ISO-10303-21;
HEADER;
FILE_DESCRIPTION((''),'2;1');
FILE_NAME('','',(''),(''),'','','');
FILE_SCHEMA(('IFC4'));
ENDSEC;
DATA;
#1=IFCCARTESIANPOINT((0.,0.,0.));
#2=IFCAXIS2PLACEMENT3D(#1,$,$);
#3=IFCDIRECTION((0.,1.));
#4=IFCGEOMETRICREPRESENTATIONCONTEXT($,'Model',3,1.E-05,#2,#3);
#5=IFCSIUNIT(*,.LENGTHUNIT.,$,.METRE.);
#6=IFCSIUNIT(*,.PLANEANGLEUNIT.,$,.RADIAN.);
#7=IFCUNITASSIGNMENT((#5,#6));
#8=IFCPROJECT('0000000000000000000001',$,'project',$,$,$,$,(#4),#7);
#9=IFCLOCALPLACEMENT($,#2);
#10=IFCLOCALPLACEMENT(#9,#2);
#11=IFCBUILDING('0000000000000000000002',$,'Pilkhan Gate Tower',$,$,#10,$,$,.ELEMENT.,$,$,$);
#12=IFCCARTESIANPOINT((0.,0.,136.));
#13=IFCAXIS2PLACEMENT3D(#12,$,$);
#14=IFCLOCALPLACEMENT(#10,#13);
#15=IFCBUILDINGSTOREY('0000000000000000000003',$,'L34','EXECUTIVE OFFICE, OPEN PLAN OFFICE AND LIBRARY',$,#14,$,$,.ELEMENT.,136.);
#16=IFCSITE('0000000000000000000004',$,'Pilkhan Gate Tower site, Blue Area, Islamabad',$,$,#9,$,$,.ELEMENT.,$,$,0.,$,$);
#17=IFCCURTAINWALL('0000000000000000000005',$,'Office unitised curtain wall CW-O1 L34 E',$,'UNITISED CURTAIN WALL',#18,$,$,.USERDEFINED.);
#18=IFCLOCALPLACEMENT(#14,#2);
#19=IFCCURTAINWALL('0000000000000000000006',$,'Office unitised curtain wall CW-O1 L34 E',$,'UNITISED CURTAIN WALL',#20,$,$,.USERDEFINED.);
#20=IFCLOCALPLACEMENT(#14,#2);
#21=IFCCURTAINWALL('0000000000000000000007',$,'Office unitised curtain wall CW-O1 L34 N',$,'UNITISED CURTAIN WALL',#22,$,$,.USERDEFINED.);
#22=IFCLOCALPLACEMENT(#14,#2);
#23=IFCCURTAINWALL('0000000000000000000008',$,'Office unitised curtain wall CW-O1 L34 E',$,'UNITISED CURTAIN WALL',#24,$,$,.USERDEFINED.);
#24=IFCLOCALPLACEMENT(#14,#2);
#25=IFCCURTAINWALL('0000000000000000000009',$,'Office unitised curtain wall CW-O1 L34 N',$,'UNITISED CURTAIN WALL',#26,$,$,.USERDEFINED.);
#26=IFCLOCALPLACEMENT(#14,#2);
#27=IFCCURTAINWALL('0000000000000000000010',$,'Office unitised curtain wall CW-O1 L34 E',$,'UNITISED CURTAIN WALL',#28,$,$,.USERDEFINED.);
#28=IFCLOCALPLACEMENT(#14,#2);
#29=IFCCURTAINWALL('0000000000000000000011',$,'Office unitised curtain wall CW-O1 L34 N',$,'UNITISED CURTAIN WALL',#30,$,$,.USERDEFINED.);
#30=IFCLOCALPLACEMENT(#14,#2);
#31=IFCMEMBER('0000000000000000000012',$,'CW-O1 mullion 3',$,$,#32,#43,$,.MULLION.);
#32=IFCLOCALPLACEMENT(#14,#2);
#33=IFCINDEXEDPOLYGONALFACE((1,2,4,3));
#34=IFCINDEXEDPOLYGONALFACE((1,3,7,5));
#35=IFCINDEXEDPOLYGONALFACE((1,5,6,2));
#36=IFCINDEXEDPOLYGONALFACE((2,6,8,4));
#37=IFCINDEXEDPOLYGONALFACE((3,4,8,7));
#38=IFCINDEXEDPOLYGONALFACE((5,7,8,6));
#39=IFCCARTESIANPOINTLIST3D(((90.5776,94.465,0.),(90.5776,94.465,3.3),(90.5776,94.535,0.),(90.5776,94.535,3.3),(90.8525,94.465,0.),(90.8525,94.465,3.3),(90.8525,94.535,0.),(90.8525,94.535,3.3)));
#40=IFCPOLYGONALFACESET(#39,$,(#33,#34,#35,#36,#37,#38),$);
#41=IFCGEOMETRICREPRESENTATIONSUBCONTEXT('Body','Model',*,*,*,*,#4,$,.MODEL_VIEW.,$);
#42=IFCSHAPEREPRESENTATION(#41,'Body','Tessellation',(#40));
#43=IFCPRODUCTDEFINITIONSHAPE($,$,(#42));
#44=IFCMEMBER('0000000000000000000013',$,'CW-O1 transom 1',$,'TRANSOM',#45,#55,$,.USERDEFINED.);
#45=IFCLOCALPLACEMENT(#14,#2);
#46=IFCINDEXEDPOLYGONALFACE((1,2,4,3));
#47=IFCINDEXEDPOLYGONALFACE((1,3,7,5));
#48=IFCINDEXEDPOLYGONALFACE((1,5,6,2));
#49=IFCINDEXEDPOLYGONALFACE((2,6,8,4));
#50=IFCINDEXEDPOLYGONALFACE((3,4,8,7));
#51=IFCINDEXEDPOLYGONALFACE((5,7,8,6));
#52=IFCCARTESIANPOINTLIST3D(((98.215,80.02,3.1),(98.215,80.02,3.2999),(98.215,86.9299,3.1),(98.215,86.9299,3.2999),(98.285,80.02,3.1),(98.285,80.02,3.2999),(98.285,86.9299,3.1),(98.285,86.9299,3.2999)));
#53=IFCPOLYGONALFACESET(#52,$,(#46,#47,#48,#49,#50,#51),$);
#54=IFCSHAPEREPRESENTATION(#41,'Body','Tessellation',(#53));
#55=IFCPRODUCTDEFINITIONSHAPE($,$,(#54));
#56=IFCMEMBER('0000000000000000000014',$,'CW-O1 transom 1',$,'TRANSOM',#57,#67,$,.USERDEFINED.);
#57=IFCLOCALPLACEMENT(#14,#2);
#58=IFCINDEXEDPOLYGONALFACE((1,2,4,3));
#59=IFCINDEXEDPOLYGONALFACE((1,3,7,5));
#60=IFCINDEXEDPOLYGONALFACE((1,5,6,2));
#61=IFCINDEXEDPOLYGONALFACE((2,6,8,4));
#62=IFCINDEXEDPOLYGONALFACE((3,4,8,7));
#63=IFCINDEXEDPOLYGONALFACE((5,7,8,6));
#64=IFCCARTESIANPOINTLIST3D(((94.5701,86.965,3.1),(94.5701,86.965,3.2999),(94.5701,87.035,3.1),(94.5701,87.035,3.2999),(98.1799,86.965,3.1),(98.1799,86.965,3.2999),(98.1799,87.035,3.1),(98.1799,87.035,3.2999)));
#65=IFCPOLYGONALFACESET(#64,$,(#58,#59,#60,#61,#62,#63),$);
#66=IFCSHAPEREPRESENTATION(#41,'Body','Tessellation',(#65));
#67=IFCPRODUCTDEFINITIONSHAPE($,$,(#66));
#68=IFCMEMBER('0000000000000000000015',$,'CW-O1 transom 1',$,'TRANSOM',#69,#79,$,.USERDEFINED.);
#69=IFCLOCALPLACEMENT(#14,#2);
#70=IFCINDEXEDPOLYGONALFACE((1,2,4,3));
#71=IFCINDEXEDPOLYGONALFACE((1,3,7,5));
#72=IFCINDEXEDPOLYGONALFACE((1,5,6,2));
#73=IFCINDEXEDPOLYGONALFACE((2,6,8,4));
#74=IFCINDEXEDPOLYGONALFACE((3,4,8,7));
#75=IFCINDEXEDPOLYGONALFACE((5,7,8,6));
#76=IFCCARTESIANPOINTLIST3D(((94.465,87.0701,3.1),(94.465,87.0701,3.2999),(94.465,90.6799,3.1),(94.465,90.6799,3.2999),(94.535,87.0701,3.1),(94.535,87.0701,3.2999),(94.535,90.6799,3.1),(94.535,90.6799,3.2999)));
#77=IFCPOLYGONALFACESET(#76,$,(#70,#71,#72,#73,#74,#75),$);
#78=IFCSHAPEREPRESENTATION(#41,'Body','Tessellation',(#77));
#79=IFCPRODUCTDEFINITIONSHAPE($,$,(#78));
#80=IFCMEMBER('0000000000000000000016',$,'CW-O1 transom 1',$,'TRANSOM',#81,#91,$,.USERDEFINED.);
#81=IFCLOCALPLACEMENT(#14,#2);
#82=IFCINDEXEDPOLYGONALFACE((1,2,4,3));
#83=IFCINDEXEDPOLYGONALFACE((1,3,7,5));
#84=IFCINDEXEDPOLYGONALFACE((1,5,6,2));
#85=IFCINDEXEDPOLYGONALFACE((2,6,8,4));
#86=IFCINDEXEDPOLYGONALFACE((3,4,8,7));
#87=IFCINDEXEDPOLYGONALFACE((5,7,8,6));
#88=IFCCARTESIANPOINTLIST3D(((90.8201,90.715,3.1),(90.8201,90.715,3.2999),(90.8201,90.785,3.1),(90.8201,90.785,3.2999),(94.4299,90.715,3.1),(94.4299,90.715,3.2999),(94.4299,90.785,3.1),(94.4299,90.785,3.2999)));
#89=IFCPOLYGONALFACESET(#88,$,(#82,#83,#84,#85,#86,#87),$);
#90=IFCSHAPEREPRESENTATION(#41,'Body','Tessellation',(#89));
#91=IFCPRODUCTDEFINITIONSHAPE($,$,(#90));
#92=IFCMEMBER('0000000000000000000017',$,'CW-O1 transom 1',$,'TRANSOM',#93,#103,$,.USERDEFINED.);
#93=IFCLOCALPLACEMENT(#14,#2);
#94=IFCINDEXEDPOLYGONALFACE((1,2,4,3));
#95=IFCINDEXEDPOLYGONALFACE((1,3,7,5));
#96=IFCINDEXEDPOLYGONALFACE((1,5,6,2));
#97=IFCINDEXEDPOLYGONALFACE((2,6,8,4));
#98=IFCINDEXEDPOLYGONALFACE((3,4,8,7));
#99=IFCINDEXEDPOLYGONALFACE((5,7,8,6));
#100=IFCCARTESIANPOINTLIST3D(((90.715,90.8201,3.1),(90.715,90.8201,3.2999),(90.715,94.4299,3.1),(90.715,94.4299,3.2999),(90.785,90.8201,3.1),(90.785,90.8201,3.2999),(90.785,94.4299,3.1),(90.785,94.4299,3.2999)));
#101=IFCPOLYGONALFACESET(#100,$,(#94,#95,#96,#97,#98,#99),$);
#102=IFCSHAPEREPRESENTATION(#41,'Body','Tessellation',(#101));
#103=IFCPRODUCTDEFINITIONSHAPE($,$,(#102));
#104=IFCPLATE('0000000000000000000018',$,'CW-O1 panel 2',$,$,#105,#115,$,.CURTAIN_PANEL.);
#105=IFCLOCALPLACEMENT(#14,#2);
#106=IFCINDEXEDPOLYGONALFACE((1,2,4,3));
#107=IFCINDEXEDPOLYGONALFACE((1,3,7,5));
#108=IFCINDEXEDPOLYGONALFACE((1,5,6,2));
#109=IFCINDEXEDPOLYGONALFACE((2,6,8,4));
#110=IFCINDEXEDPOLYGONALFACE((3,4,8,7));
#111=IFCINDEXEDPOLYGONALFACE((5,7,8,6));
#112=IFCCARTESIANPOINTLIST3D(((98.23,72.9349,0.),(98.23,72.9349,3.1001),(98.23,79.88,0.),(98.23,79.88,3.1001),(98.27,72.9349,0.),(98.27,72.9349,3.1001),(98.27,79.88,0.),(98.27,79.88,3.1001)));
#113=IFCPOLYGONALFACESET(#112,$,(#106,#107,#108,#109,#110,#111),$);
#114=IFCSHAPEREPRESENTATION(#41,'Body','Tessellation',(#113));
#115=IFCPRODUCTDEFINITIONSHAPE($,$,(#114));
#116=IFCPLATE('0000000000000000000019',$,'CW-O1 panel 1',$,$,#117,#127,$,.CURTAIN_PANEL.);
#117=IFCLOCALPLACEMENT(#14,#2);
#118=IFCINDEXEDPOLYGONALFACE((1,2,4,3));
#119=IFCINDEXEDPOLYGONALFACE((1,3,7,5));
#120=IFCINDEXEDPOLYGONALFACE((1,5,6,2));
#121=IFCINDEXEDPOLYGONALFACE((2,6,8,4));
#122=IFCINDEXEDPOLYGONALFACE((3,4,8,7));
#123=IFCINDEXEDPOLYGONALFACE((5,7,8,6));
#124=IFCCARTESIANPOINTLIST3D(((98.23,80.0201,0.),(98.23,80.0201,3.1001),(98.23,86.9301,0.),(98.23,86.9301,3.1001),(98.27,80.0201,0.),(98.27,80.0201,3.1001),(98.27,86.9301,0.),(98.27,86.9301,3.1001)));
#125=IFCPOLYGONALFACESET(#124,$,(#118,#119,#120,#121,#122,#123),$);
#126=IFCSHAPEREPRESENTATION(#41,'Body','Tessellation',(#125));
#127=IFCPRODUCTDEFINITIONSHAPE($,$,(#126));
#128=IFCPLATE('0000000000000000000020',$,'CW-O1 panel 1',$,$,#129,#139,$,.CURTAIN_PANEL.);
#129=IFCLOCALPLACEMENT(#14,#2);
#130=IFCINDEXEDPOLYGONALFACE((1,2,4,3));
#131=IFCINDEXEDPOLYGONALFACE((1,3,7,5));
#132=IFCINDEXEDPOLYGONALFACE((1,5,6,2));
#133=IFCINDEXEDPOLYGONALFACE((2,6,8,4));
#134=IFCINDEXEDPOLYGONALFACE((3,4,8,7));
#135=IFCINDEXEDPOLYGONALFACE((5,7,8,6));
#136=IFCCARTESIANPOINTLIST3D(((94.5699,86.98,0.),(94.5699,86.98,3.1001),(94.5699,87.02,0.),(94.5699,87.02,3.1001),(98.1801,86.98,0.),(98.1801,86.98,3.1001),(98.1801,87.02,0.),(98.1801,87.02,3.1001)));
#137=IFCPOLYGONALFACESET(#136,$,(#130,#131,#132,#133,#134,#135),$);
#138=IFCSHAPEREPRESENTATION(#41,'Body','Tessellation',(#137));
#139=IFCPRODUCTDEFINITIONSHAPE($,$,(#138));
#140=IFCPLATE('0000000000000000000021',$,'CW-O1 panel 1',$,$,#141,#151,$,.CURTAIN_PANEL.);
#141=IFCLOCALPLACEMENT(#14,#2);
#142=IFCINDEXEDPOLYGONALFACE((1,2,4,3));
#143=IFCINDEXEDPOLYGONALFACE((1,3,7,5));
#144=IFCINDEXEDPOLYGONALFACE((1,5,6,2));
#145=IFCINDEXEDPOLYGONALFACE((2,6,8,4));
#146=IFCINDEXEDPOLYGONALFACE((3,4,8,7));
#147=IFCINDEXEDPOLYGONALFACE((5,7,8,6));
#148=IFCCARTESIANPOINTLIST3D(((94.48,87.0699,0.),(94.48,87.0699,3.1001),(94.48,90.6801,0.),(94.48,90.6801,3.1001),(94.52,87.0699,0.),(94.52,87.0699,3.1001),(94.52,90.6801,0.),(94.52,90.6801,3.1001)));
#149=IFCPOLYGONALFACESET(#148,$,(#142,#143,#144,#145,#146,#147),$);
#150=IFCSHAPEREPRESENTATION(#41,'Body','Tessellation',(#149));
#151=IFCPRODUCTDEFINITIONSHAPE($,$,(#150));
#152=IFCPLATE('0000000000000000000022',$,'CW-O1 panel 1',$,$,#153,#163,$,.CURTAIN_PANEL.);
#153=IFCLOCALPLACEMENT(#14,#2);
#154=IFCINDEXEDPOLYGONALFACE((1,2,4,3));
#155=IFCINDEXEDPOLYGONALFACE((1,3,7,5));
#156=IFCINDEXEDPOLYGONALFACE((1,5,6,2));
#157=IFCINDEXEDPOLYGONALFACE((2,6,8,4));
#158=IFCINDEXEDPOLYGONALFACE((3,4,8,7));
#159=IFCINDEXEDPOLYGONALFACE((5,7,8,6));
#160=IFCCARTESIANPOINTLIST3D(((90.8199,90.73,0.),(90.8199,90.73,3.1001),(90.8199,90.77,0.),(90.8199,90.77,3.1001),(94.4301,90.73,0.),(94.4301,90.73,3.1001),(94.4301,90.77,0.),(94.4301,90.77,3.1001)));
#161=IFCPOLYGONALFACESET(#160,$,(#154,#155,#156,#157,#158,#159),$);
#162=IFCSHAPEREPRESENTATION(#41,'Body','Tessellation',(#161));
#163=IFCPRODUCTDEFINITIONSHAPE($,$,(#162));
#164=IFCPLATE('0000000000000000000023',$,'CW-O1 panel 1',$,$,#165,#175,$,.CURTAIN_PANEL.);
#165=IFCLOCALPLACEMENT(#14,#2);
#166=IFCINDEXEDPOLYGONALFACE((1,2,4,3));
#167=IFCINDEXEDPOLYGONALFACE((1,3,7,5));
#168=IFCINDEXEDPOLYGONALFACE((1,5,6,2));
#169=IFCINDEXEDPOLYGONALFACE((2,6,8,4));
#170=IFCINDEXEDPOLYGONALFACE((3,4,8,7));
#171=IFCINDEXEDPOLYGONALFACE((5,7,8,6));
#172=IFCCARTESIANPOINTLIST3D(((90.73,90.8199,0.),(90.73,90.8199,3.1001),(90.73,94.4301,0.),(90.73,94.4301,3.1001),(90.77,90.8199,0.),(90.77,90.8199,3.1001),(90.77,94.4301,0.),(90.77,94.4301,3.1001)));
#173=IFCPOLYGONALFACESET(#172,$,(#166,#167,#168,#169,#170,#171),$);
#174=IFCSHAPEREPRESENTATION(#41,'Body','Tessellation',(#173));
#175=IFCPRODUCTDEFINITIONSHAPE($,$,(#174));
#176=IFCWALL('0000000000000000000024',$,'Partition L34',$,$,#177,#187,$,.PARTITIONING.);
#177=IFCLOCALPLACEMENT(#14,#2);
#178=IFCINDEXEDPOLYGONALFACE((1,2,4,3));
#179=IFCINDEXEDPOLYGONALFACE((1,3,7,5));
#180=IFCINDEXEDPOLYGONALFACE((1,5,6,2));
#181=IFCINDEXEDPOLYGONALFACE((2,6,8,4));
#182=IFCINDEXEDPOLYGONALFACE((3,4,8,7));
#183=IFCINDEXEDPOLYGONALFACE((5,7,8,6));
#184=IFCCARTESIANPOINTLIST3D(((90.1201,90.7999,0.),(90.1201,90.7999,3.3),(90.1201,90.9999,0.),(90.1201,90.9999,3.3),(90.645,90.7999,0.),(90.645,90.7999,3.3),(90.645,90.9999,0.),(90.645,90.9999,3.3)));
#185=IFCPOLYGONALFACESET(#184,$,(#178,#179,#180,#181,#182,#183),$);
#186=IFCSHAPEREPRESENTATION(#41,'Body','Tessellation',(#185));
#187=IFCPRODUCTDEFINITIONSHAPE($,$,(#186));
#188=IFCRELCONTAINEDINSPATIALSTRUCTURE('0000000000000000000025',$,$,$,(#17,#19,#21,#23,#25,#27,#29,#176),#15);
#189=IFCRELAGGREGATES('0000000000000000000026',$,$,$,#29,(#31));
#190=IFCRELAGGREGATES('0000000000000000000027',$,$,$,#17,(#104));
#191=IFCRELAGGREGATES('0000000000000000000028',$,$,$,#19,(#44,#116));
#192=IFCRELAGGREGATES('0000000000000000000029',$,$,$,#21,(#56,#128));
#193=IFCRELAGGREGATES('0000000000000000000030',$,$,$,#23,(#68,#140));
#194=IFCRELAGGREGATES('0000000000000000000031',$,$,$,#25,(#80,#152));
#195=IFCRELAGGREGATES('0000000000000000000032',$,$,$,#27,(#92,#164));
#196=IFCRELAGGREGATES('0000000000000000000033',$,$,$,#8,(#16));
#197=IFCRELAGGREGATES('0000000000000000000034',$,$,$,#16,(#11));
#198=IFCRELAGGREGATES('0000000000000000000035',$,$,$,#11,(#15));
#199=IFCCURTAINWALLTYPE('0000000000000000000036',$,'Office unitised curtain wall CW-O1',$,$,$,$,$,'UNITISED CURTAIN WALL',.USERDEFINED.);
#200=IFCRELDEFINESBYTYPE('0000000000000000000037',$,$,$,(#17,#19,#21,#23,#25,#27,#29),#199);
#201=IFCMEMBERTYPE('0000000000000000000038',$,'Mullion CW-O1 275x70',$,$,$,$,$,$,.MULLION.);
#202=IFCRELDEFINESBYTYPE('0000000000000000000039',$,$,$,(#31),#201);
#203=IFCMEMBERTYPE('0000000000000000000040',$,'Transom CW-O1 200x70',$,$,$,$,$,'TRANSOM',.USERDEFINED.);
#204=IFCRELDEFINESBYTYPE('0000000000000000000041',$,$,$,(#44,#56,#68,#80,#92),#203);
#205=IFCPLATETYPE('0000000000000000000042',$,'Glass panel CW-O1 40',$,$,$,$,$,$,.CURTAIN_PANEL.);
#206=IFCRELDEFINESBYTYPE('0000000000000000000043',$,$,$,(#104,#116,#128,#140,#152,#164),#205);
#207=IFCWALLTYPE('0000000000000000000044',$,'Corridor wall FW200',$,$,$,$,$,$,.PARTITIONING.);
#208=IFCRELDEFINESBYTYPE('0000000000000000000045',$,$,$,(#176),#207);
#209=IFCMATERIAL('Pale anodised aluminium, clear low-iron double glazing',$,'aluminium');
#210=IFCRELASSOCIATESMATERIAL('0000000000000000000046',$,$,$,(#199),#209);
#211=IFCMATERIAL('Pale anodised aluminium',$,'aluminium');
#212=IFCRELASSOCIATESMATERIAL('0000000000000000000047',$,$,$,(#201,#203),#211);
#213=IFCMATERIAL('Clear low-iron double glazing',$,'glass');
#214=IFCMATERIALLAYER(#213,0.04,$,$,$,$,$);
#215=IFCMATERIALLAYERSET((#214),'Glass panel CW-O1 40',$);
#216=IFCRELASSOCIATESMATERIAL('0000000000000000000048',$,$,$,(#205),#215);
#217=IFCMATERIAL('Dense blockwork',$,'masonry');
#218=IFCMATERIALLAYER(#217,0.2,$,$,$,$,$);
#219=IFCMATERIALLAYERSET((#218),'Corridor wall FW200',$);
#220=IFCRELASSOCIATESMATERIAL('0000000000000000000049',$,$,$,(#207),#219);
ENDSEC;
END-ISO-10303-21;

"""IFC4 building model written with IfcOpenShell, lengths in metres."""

from ifc_helpers import new_model, si_unit, direction, frame, frame_2d, origin, origin_2d, place, context, subcontext, project, spatial, rectangle, extrude, material, layer, layer_set, material_profile, profile_set, type_object, element, aggregate, save


model = new_model("IFC4")

# Units and contexts
model_context = context("Model", 3, precision=1e-05, world=origin(), true_north=direction((0.0, 1.0)))
body_context = subcontext(model_context, "Body", "Model", "MODEL_VIEW")
ifc_project = project(units=[si_unit("LENGTHUNIT", "METRE"), si_unit("PLANEANGLEUNIT", "RADIAN")], contexts=[model_context])

# Site, building, storey
site_placement = place(None, origin())
site = spatial("IfcSite", under=ifc_project, at=site_placement, Name="Pilkhan Gate Tower site, Blue Area, Islamabad", CompositionType="ELEMENT", RefElevation=0.0)
building_placement = place(site_placement, origin())
building = spatial("IfcBuilding", under=site, at=building_placement, Name="Pilkhan Gate Tower", CompositionType="ELEMENT")
storey_placement = place(building_placement, frame((0.0, 0.0, 136.0)))
storey = spatial("IfcBuildingStorey", under=building, at=storey_placement, Name="L34", Description="EXECUTIVE OFFICE, OPEN PLAN OFFICE AND LIBRARY", CompositionType="ELEMENT", Elevation=136.0)

# Curtain wall
ifc_material_1 = material(Name="Pale anodised aluminium, clear low-iron double glazing", Category="aluminium")
curtain_wall_type = type_object("IfcCurtainWallType", Name="Office unitised curtain wall CW-O1", ElementType="UNITISED CURTAIN WALL", PredefinedType="USERDEFINED", material=ifc_material_1)
curtain_wall_1_placement = place(storey_placement, origin())
curtain_wall_1 = element("IfcCurtainWall", 1, at=curtain_wall_1_placement, inside=storey, type_object=curtain_wall_type, Name="Office unitised curtain wall CW-O1 L34 E", ObjectType="UNITISED CURTAIN WALL", PredefinedType="USERDEFINED")
ifc_material_2 = material(Name="Pale anodised aluminium", Category="aluminium")
ifc_material_profile_1 = material_profile(ifc_material_2, rectangle(XDim=0.0701, YDim=0.2749, at=origin_2d()), Name="Mullion 275x70")
ifc_profile_set_1 = profile_set([ifc_material_profile_1], Name="Pale anodised aluminium")
member_type_1 = type_object("IfcMemberType", Name="Mullion CW-O1 275x70", PredefinedType="MULLION", material=ifc_profile_set_1)

# Curtain walls
curtain_wall_2_placement = place(storey_placement, origin())
curtain_wall_2 = element("IfcCurtainWall", 2, at=curtain_wall_2_placement, inside=storey, type_object=curtain_wall_type, Name="Office unitised curtain wall CW-O1 L34 E", ObjectType="UNITISED CURTAIN WALL", PredefinedType="USERDEFINED")
curtain_wall_3_placement = place(storey_placement, origin())
curtain_wall_3 = element("IfcCurtainWall", 3, at=curtain_wall_3_placement, inside=storey, type_object=curtain_wall_type, Name="Office unitised curtain wall CW-O1 L34 N", ObjectType="UNITISED CURTAIN WALL", PredefinedType="USERDEFINED")
curtain_wall_4_placement = place(storey_placement, origin())
curtain_wall_4 = element("IfcCurtainWall", 4, at=curtain_wall_4_placement, inside=storey, type_object=curtain_wall_type, Name="Office unitised curtain wall CW-O1 L34 E", ObjectType="UNITISED CURTAIN WALL", PredefinedType="USERDEFINED")
curtain_wall_5_placement = place(storey_placement, origin())
curtain_wall_5 = element("IfcCurtainWall", 5, at=curtain_wall_5_placement, inside=storey, type_object=curtain_wall_type, Name="Office unitised curtain wall CW-O1 L34 N", ObjectType="UNITISED CURTAIN WALL", PredefinedType="USERDEFINED")
curtain_wall_6_placement = place(storey_placement, origin())
curtain_wall_6 = element("IfcCurtainWall", 6, at=curtain_wall_6_placement, inside=storey, type_object=curtain_wall_type, Name="Office unitised curtain wall CW-O1 L34 E", ObjectType="UNITISED CURTAIN WALL", PredefinedType="USERDEFINED")

# Curtain wall, member
curtain_wall_7_placement = place(storey_placement, origin())
curtain_wall_7 = element("IfcCurtainWall", 7, at=curtain_wall_7_placement, inside=storey, type_object=curtain_wall_type, Name="Office unitised curtain wall CW-O1 L34 N", ObjectType="UNITISED CURTAIN WALL", PredefinedType="USERDEFINED")
member_1_placement = place(storey_placement, frame((90.7151, 94.5, 0.0), z_axis=(0.0, 0.0, 1.0), x_axis=(0.0, 1.0, 0.0)))
member_1 = element("IfcMember", 8, at=member_1_placement, type_object=member_type_1, Name="CW-O1 mullion 3", PredefinedType="MULLION", context=body_context, shape_type="SweptSolid", body=[
    extrude(rectangle(XDim=0.0701, YDim=0.2749, at=origin_2d()), origin(), (0.0, 0.0, 1.0), 3.3),
])
aggregate(curtain_wall_7, [member_1])

# Members
ifc_material_profile_2 = material_profile(ifc_material_2, rectangle(XDim=0.0701, YDim=0.2, at=origin_2d()), Name="Transom 200x70")
ifc_profile_set_2 = profile_set([ifc_material_profile_2], Name="Pale anodised aluminium")
member_type_2 = type_object("IfcMemberType", Name="Transom CW-O1 200x70", ElementType="TRANSOM", PredefinedType="USERDEFINED", material=ifc_profile_set_2)
member_2_placement = place(storey_placement, frame((98.25, 80.02, 3.2), z_axis=(0.0, 1.0, 0.0), x_axis=(-1.0, 0.0, 0.0)))
member_2 = element("IfcMember", 9, at=member_2_placement, type_object=member_type_2, Name="CW-O1 transom 1", ObjectType="TRANSOM", PredefinedType="USERDEFINED", context=body_context, shape_type="SweptSolid", body=[
    extrude(rectangle(XDim=0.0701, YDim=0.2, at=origin_2d()), origin(), (0.0, 0.0, 1.0), 6.9099),
])
member_3_placement = place(storey_placement, frame((94.5701, 87.0, 3.2), z_axis=(1.0, 0.0, 0.0), x_axis=(0.0, 1.0, 0.0)))
member_3 = element("IfcMember", 10, at=member_3_placement, type_object=member_type_2, Name="CW-O1 transom 1", ObjectType="TRANSOM", PredefinedType="USERDEFINED", context=body_context, shape_type="SweptSolid", body=[
    extrude(rectangle(XDim=0.0701, YDim=0.2, at=origin_2d()), origin(), (0.0, 0.0, 1.0), 3.6099),
])
member_4_placement = place(storey_placement, frame((94.5, 87.0701, 3.2), z_axis=(0.0, 1.0, 0.0), x_axis=(-1.0, 0.0, 0.0)))
member_4 = element("IfcMember", 11, at=member_4_placement, type_object=member_type_2, Name="CW-O1 transom 1", ObjectType="TRANSOM", PredefinedType="USERDEFINED", context=body_context, shape_type="SweptSolid", body=[
    extrude(rectangle(XDim=0.0701, YDim=0.2, at=origin_2d()), origin(), (0.0, 0.0, 1.0), 3.6099),
])
member_5_placement = place(storey_placement, frame((90.8201, 90.75, 3.2), z_axis=(1.0, 0.0, 0.0), x_axis=(0.0, 1.0, 0.0)))
member_5 = element("IfcMember", 12, at=member_5_placement, type_object=member_type_2, Name="CW-O1 transom 1", ObjectType="TRANSOM", PredefinedType="USERDEFINED", context=body_context, shape_type="SweptSolid", body=[
    extrude(rectangle(XDim=0.0701, YDim=0.2, at=origin_2d()), origin(), (0.0, 0.0, 1.0), 3.6099),
])
member_6_placement = place(storey_placement, frame((90.75, 90.8201, 3.2), z_axis=(0.0, 1.0, 0.0), x_axis=(-1.0, 0.0, 0.0)))
member_6 = element("IfcMember", 13, at=member_6_placement, type_object=member_type_2, Name="CW-O1 transom 1", ObjectType="TRANSOM", PredefinedType="USERDEFINED", context=body_context, shape_type="SweptSolid", body=[
    extrude(rectangle(XDim=0.0701, YDim=0.2, at=origin_2d()), origin(), (0.0, 0.0, 1.0), 3.6099),
])

# Plates
ifc_material_3 = material(Name="Clear low-iron double glazing", Category="glass")
ifc_layer_1 = layer(ifc_material_3, 0.04)
ifc_layer_set_1 = layer_set([ifc_layer_1], Name="Glass panel CW-O1 40")
plate_type = type_object("IfcPlateType", Name="Glass panel CW-O1 40", PredefinedType="CURTAIN_PANEL", material=ifc_layer_set_1)
plate_1_placement = place(storey_placement, frame((98.25, 76.4075, 0.0), z_axis=(0.0, 0.0, 1.0), x_axis=(0.0, 1.0, 0.0)))
plate_1 = element("IfcPlate", 14, at=plate_1_placement, type_object=plate_type, Name="CW-O1 panel 2", PredefinedType="CURTAIN_PANEL", context=body_context, shape_type="SweptSolid", body=[
    extrude(rectangle(XDim=6.9451, YDim=0.04, at=origin_2d()), origin(), (0.0, 0.0, 1.0), 3.1001),
])
aggregate(curtain_wall_1, [plate_1])
plate_2_placement = place(storey_placement, frame((98.25, 83.4751, 0.0), z_axis=(0.0, 0.0, 1.0), x_axis=(0.0, 1.0, 0.0)))
plate_2 = element("IfcPlate", 15, at=plate_2_placement, type_object=plate_type, Name="CW-O1 panel 1", PredefinedType="CURTAIN_PANEL", context=body_context, shape_type="SweptSolid", body=[
    extrude(rectangle(XDim=6.9099, YDim=0.04, at=origin_2d()), origin(), (0.0, 0.0, 1.0), 3.1001),
])
aggregate(curtain_wall_2, [member_2, plate_2])
plate_3_placement = place(storey_placement, frame((96.375, 87.0, 0.0), z_axis=(0.0, 0.0, 1.0), x_axis=(1.0, 0.0, 0.0)))
plate_3 = element("IfcPlate", 16, at=plate_3_placement, type_object=plate_type, Name="CW-O1 panel 1", PredefinedType="CURTAIN_PANEL", context=body_context, shape_type="SweptSolid", body=[
    extrude(rectangle(XDim=3.6101, YDim=0.04, at=origin_2d()), origin(), (0.0, 0.0, 1.0), 3.1001),
])
aggregate(curtain_wall_3, [member_3, plate_3])
plate_4_placement = place(storey_placement, frame((94.5, 88.875, 0.0), z_axis=(0.0, 0.0, 1.0), x_axis=(0.0, 1.0, 0.0)))
plate_4 = element("IfcPlate", 17, at=plate_4_placement, type_object=plate_type, Name="CW-O1 panel 1", PredefinedType="CURTAIN_PANEL", context=body_context, shape_type="SweptSolid", body=[
    extrude(rectangle(XDim=3.6101, YDim=0.04, at=origin_2d()), origin(), (0.0, 0.0, 1.0), 3.1001),
])
aggregate(curtain_wall_4, [member_4, plate_4])
plate_5_placement = place(storey_placement, frame((92.625, 90.75, 0.0), z_axis=(0.0, 0.0, 1.0), x_axis=(1.0, 0.0, 0.0)))
plate_5 = element("IfcPlate", 18, at=plate_5_placement, type_object=plate_type, Name="CW-O1 panel 1", PredefinedType="CURTAIN_PANEL", context=body_context, shape_type="SweptSolid", body=[
    extrude(rectangle(XDim=3.6101, YDim=0.04, at=origin_2d()), origin(), (0.0, 0.0, 1.0), 3.1001),
])
aggregate(curtain_wall_5, [member_5, plate_5])
plate_6_placement = place(storey_placement, frame((90.75, 92.625, 0.0), z_axis=(0.0, 0.0, 1.0), x_axis=(0.0, 1.0, 0.0)))
plate_6 = element("IfcPlate", 19, at=plate_6_placement, type_object=plate_type, Name="CW-O1 panel 1", PredefinedType="CURTAIN_PANEL", context=body_context, shape_type="SweptSolid", body=[
    extrude(rectangle(XDim=3.6101, YDim=0.04, at=origin_2d()), origin(), (0.0, 0.0, 1.0), 3.1001),
])
aggregate(curtain_wall_6, [member_6, plate_6])

# Wall
ifc_material_4 = material(Name="Dense blockwork", Category="masonry")
ifc_layer_2 = layer(ifc_material_4, 0.2)
ifc_layer_set_2 = layer_set([ifc_layer_2], Name="Corridor wall FW200")
wall_type_1 = type_object("IfcWallType", Name="Corridor wall FW200", PredefinedType="PARTITIONING", material=ifc_layer_set_2)
wall_1_placement = place(storey_placement, frame((90.1201, 90.8999, 0.0), z_axis=(0.0, 0.0, 1.0), x_axis=(1.0, 0.0, 0.0)))
element("IfcWall", 20, at=wall_1_placement, inside=storey, type_object=wall_type_1, Name="Partition L34", PredefinedType="PARTITIONING", context=body_context, shape_type="SweptSolid", body=[
    extrude(rectangle(XDim=0.5249, YDim=0.2, at=frame_2d((0.2625, 0.0))), origin(), (0.0, 0.0, 1.0), 3.3),
])

save(model, "model.ifc")
